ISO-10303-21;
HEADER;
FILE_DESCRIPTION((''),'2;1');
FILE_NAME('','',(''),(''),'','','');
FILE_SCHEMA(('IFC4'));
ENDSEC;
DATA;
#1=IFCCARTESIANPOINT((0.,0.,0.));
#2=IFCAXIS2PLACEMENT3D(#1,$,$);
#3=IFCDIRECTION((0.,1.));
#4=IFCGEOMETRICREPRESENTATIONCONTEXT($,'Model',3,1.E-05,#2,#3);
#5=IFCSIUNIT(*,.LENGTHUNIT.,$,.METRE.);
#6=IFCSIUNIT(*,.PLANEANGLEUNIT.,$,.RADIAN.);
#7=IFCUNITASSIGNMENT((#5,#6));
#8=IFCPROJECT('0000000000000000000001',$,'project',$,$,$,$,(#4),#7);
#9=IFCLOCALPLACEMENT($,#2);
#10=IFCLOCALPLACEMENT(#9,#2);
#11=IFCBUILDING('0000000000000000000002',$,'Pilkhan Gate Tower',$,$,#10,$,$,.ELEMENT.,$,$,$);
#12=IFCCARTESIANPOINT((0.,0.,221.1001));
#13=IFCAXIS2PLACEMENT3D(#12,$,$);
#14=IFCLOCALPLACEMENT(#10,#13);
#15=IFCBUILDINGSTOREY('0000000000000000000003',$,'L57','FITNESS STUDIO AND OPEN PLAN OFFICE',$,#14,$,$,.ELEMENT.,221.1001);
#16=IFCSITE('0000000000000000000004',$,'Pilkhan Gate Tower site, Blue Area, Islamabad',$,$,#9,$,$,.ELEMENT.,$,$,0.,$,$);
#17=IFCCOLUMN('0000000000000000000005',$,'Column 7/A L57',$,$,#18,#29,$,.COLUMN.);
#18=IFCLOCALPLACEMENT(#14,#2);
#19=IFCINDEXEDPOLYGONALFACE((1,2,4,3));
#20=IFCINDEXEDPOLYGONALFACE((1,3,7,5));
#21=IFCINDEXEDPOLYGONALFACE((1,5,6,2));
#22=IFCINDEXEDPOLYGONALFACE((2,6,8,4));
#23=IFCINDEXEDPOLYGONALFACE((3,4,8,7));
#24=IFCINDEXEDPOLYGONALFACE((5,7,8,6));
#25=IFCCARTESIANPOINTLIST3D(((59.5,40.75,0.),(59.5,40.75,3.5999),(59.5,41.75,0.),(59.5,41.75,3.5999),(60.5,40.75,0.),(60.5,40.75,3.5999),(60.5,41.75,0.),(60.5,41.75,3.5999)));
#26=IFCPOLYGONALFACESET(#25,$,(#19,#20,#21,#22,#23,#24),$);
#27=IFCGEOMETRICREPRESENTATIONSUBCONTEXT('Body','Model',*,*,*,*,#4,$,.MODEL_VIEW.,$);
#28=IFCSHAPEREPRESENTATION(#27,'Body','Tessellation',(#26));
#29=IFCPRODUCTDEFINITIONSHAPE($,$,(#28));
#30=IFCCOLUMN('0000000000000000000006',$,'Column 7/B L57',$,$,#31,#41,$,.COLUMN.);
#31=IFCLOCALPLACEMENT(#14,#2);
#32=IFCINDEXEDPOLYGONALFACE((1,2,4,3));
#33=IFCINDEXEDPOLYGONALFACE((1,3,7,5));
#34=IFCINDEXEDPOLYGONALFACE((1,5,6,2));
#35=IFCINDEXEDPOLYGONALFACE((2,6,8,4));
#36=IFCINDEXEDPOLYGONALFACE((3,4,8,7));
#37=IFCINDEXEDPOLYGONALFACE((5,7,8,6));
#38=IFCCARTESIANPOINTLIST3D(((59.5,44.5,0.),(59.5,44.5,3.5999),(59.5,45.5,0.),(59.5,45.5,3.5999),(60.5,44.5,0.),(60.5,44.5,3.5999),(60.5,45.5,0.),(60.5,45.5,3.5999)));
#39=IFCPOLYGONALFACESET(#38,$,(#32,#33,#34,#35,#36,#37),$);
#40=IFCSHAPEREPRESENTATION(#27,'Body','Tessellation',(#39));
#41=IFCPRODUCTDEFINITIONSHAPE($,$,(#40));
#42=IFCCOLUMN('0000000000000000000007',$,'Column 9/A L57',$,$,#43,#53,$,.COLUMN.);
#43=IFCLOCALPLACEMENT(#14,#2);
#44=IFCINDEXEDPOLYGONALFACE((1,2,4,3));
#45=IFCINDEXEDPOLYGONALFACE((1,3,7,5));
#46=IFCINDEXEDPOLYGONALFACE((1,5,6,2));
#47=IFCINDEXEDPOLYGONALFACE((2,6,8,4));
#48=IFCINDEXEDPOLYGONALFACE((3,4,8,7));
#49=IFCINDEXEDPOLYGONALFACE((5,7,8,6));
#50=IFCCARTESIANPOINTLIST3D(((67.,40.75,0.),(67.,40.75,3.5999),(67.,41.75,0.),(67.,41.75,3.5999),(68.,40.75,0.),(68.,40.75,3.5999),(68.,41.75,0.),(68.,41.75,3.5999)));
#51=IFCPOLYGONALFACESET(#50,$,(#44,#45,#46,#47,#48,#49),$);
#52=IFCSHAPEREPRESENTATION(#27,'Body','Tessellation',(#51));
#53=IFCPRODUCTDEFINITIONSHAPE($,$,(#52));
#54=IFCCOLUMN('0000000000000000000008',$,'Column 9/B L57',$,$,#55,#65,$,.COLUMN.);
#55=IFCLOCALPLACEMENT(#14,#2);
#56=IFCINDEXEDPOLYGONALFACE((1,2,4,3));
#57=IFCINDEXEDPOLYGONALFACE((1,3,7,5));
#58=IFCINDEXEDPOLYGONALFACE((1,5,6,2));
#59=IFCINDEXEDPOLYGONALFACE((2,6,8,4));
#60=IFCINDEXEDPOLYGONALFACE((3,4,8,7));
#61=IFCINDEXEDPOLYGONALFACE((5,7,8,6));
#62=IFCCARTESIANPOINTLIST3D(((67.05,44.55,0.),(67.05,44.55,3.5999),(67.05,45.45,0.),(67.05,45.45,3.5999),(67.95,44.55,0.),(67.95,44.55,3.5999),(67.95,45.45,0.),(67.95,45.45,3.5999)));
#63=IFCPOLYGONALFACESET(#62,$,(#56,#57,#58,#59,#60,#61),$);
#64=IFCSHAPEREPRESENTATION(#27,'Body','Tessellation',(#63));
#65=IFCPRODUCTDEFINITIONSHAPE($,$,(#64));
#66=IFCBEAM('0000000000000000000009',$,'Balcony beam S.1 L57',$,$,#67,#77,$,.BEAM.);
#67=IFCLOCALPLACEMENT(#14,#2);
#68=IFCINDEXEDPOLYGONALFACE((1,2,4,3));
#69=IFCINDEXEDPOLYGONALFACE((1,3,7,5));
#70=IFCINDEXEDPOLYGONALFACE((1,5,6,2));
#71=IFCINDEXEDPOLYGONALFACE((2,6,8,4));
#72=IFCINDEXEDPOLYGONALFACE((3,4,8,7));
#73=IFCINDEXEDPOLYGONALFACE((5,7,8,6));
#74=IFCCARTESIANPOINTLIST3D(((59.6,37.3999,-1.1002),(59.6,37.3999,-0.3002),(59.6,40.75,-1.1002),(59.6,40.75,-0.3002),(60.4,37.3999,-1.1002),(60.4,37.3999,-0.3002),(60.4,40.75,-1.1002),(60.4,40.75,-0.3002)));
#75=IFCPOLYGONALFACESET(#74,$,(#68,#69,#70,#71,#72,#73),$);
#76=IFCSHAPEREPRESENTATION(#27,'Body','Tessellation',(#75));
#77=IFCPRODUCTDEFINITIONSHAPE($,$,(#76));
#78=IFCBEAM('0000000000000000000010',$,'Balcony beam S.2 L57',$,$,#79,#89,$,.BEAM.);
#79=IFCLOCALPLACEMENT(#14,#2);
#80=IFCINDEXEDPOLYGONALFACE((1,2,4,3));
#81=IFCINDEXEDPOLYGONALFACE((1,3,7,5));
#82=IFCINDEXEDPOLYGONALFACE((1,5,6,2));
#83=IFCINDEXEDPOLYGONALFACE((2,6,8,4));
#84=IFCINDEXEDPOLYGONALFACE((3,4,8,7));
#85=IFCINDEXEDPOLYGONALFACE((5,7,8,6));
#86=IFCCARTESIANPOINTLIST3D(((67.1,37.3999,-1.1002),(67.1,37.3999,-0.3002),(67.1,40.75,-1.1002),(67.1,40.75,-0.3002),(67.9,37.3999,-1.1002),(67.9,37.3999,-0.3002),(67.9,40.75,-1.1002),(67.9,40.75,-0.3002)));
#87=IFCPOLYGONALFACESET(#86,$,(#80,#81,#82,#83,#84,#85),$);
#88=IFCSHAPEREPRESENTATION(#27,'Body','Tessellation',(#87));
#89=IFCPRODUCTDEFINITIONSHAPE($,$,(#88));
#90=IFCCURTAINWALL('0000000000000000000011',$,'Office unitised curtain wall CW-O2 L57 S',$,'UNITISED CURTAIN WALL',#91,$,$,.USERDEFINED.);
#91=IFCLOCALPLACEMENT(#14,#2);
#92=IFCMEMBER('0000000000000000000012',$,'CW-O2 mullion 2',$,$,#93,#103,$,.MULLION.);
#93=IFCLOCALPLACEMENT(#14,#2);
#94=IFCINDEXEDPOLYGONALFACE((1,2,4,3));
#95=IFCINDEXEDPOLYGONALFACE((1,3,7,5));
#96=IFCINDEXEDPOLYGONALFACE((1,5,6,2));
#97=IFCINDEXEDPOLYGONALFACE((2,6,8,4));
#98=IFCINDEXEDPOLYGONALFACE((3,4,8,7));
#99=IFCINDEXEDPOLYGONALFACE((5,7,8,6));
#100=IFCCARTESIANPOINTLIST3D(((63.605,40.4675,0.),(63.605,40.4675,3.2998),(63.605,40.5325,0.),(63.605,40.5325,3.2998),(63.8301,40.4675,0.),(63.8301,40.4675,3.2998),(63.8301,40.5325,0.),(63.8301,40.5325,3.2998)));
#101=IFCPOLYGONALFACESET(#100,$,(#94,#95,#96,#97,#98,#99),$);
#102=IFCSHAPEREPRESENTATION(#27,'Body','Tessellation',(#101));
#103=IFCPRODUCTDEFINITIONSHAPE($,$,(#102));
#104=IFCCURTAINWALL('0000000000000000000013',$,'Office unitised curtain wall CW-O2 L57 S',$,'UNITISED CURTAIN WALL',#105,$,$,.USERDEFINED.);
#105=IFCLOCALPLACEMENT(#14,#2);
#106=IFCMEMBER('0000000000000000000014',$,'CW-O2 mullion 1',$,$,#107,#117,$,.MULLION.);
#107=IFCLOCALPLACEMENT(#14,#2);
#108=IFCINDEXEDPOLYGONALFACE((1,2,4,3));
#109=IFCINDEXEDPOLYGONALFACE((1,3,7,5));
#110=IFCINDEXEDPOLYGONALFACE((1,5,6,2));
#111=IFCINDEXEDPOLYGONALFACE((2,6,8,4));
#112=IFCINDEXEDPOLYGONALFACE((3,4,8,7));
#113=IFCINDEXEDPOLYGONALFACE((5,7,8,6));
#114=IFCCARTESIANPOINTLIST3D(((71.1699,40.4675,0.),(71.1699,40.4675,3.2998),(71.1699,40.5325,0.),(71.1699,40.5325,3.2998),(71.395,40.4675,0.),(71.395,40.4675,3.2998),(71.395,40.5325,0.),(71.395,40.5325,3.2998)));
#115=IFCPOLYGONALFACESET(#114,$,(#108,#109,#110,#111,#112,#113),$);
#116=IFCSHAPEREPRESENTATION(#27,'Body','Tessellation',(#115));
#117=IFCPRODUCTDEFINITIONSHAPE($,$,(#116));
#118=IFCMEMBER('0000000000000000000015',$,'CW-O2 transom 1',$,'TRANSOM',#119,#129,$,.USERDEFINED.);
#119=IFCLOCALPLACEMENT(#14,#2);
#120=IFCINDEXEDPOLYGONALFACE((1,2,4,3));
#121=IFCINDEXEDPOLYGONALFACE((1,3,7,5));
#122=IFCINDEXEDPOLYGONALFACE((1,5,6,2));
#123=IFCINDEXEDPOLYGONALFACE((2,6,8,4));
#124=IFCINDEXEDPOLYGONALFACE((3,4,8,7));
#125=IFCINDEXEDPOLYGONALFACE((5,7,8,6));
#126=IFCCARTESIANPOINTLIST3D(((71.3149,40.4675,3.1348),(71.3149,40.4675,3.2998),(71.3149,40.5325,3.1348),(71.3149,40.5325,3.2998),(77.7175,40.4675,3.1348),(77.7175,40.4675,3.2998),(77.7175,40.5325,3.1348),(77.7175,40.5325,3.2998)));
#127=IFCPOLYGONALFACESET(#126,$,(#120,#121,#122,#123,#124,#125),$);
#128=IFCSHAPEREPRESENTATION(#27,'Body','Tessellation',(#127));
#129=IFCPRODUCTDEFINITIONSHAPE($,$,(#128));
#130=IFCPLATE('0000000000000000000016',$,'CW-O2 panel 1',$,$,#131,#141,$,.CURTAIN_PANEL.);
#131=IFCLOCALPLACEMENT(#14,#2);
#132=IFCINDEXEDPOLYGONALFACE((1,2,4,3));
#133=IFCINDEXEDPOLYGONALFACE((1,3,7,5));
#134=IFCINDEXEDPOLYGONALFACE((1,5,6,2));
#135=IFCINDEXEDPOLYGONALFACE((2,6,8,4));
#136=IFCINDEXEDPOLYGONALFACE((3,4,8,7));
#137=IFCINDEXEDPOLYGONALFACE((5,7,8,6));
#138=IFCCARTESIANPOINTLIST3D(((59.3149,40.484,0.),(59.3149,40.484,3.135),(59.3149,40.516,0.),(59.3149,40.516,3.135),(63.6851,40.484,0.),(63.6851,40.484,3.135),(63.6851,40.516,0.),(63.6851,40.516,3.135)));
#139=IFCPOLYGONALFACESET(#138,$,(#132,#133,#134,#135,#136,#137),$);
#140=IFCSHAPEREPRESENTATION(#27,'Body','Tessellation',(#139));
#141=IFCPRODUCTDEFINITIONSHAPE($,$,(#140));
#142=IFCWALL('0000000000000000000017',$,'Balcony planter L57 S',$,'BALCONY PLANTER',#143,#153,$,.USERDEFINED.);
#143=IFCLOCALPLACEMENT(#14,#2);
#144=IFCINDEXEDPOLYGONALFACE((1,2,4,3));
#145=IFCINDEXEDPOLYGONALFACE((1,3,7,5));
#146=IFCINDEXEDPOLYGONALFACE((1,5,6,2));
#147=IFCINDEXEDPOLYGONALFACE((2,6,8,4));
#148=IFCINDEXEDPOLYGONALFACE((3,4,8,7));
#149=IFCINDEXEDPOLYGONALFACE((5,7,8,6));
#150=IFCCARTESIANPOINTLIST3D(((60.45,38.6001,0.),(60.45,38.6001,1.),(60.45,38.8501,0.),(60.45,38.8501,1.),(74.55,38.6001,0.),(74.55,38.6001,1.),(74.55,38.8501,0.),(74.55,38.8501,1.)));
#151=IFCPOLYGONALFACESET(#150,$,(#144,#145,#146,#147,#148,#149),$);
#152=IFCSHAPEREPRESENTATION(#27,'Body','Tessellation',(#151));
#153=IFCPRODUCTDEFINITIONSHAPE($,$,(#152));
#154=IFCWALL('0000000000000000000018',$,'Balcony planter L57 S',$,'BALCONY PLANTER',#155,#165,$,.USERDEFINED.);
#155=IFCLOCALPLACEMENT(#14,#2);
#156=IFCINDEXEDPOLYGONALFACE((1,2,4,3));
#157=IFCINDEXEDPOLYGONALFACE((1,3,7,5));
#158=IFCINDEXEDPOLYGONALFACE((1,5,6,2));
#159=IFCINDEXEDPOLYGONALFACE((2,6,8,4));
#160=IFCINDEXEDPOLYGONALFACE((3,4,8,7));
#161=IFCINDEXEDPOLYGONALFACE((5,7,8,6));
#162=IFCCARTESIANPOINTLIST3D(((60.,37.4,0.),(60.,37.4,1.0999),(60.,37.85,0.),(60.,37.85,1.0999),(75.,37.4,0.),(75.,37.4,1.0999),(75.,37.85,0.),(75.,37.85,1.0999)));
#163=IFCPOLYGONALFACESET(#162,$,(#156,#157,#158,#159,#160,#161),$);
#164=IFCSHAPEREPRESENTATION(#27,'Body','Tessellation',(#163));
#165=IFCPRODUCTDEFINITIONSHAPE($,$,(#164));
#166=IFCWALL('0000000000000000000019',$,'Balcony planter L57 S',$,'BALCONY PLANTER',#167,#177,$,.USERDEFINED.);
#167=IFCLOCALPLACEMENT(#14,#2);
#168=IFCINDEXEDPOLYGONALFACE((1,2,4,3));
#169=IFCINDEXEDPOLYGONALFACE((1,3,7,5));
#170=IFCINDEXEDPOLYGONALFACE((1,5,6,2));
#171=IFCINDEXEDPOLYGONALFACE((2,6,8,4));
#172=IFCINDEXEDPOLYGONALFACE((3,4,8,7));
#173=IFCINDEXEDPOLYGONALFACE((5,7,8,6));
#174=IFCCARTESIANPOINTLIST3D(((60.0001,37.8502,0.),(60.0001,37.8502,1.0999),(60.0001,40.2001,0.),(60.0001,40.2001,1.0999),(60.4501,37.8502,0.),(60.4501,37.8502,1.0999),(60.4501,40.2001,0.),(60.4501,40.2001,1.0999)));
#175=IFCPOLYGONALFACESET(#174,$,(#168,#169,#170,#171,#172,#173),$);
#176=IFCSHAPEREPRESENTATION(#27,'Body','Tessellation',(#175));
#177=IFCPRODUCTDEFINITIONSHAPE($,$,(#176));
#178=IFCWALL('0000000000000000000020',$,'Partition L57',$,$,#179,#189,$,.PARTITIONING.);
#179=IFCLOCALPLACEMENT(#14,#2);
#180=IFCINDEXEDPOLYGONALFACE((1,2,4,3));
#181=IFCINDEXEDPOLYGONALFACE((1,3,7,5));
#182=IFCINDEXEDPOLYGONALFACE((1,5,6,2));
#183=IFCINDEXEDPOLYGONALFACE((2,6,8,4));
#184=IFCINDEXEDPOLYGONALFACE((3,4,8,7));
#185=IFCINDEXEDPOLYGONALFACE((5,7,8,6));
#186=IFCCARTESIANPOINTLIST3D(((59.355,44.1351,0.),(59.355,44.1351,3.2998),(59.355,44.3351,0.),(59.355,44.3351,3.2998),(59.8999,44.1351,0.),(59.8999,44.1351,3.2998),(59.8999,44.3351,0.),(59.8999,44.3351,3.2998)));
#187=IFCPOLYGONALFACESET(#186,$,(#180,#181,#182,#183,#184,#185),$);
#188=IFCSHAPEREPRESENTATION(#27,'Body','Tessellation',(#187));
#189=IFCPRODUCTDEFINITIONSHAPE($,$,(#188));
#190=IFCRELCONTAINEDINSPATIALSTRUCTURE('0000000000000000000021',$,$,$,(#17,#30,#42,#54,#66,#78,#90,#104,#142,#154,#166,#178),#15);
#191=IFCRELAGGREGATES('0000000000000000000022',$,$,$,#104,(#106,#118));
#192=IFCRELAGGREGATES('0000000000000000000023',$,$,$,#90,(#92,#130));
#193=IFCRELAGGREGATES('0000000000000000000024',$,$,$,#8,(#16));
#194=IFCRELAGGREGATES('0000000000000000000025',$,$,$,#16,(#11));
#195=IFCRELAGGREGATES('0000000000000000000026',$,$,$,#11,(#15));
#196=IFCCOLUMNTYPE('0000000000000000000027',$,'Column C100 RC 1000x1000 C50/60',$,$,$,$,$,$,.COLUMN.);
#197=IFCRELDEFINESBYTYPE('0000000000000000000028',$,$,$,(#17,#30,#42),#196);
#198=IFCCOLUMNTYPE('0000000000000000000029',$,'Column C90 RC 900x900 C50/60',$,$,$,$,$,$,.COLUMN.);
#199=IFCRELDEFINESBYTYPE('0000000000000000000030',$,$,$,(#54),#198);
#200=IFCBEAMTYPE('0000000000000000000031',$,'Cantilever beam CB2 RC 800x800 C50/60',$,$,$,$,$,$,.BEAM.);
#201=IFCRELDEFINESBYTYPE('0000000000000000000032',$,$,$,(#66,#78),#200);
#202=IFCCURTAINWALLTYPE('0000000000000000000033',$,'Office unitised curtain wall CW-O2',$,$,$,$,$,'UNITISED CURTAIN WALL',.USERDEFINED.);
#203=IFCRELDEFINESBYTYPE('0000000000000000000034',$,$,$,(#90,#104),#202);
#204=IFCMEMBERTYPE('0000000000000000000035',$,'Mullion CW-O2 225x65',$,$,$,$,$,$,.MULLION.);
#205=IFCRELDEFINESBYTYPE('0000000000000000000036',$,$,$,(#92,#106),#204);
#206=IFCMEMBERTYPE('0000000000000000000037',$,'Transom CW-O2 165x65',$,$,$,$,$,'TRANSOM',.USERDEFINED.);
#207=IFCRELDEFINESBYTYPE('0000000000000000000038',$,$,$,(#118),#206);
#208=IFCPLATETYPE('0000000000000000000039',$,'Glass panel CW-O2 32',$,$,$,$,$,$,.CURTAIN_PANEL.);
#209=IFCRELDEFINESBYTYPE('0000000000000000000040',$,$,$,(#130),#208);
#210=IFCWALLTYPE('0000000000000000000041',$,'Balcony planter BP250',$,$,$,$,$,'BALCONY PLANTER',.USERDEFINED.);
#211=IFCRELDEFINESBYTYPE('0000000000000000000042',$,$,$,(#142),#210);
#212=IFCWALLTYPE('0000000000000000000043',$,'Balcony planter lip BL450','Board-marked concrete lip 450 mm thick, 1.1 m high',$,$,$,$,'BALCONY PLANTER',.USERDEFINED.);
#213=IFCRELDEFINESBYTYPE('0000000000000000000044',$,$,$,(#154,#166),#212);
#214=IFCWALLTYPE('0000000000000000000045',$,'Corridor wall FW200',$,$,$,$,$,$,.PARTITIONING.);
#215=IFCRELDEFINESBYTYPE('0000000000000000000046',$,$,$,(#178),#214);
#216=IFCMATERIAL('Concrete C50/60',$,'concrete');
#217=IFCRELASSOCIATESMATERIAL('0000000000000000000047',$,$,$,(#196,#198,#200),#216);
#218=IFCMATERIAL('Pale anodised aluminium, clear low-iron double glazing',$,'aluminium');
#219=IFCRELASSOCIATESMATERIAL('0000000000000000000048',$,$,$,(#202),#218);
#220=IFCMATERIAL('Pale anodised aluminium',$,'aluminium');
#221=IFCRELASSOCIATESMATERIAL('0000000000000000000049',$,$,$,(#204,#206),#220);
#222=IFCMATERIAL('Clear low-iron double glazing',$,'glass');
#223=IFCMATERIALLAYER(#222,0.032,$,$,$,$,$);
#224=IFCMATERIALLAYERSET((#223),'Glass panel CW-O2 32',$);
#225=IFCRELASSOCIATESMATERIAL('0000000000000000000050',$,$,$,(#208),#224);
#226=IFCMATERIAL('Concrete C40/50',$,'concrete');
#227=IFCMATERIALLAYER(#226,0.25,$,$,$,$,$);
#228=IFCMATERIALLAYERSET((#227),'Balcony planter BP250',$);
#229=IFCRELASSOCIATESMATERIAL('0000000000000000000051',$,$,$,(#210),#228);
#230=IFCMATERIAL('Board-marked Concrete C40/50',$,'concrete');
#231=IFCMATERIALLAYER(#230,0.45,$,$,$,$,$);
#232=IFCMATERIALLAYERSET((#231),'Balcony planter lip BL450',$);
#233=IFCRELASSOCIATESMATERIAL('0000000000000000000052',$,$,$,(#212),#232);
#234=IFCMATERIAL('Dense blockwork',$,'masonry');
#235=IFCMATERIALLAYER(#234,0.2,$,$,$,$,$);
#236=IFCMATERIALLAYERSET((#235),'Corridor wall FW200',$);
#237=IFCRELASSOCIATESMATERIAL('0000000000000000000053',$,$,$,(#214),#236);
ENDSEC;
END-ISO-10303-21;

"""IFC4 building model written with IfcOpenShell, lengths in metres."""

from ifc_helpers import new_model, si_unit, direction, frame, frame_2d, origin, origin_2d, place, context, subcontext, project, spatial, rectangle, extrude, material, layer, layer_set, material_profile, profile_set, type_object, element, aggregate, save


model = new_model("IFC4")

# Units and contexts
model_context = context("Model", 3, precision=1e-05, world=origin(), true_north=direction((0.0, 1.0)))
body_context = subcontext(model_context, "Body", "Model", "MODEL_VIEW")
ifc_project = project(units=[si_unit("LENGTHUNIT", "METRE"), si_unit("PLANEANGLEUNIT", "RADIAN")], contexts=[model_context])

# Site, building, storey
site_placement = place(None, origin())
site = spatial("IfcSite", under=ifc_project, at=site_placement, Name="Pilkhan Gate Tower site, Blue Area, Islamabad", CompositionType="ELEMENT", RefElevation=0.0)
building_placement = place(site_placement, origin())
building = spatial("IfcBuilding", under=site, at=building_placement, Name="Pilkhan Gate Tower", CompositionType="ELEMENT")
storey_placement = place(building_placement, frame((0.0, 0.0, 221.1001)))
storey = spatial("IfcBuildingStorey", under=building, at=storey_placement, Name="L57", Description="FITNESS STUDIO AND OPEN PLAN OFFICE", CompositionType="ELEMENT", Elevation=221.1001)

# Columns
ifc_material_1 = material(Name="Concrete C50/60", Category="concrete")
ifc_material_profile_1 = material_profile(ifc_material_1, rectangle(XDim=1.0, YDim=1.0, at=origin_2d()), Name="RC 1000x1000")
ifc_profile_set_1 = profile_set([ifc_material_profile_1], Name="Concrete C50/60")
column_type_1 = type_object("IfcColumnType", Name="Column C100 RC 1000x1000 C50/60", PredefinedType="COLUMN", material=ifc_profile_set_1)
for number, where, z_axis, x_axis, name in (
    (1, (60.0, 41.25, 0.0), (0.0, 0.0, 1.0), (1.0, 0.0, 0.0), "Column 7/A L57"),
    (2, (60.0, 45.0, 0.0), (0.0, 0.0, 1.0), (1.0, 0.0, 0.0), "Column 7/B L57"),
    (3, (67.5, 41.25, 0.0), (0.0, 0.0, 1.0), (1.0, 0.0, 0.0), "Column 9/A L57"),
):
    element("IfcColumn", number, at=place(storey_placement, frame(where, z_axis=z_axis, x_axis=x_axis)), inside=storey, type_object=column_type_1, Name=name, PredefinedType="COLUMN", context=body_context, shape_type="SweptSolid", body=[
        extrude(rectangle(XDim=1.0, YDim=1.0, at=origin_2d()), origin(), (0.0, 0.0, 1.0), 3.5999),
    ])
ifc_material_profile_2 = material_profile(ifc_material_1, rectangle(XDim=0.8999, YDim=0.8999, at=origin_2d()), Name="RC 900x900")
ifc_profile_set_2 = profile_set([ifc_material_profile_2], Name="Concrete C50/60")
column_type_2 = type_object("IfcColumnType", Name="Column C90 RC 900x900 C50/60", PredefinedType="COLUMN", material=ifc_profile_set_2)
column_placement = place(storey_placement, frame((67.5, 45.0, 0.0), z_axis=(0.0, 0.0, 1.0), x_axis=(1.0, 0.0, 0.0)))
element("IfcColumn", 4, at=column_placement, inside=storey, type_object=column_type_2, Name="Column 9/B L57", PredefinedType="COLUMN", context=body_context, shape_type="SweptSolid", body=[
    extrude(rectangle(XDim=0.8999, YDim=0.8999, at=origin_2d()), origin(), (0.0, 0.0, 1.0), 3.5999),
])

# Beams
ifc_material_profile_3 = material_profile(ifc_material_1, rectangle(XDim=0.8, YDim=0.8, at=origin_2d()), Name="RC 800x800")
ifc_profile_set_3 = profile_set([ifc_material_profile_3], Name="Concrete C50/60")
beam_type = type_object("IfcBeamType", Name="Cantilever beam CB2 RC 800x800 C50/60", PredefinedType="BEAM", material=ifc_profile_set_3)
for number, where, z_axis, x_axis, name in (
    (5, (60.0, 40.75, -0.7002), (0.0, -1.0, 0.0), (1.0, 0.0, 0.0), "Balcony beam S.1 L57"),
    (6, (67.5, 40.75, -0.7002), (0.0, -1.0, 0.0), (1.0, 0.0, 0.0), "Balcony beam S.2 L57"),
):
    element("IfcBeam", number, at=place(storey_placement, frame(where, z_axis=z_axis, x_axis=x_axis)), inside=storey, type_object=beam_type, Name=name, PredefinedType="BEAM", context=body_context, shape_type="SweptSolid", body=[
        extrude(rectangle(XDim=0.8, YDim=0.8, at=origin_2d()), origin(), (0.0, 0.0, 1.0), 3.3501),
    ])

# Curtain wall, member
ifc_material_2 = material(Name="Pale anodised aluminium, clear low-iron double glazing", Category="aluminium")
curtain_wall_type = type_object("IfcCurtainWallType", Name="Office unitised curtain wall CW-O2", ElementType="UNITISED CURTAIN WALL", PredefinedType="USERDEFINED", material=ifc_material_2)
curtain_wall_1_placement = place(storey_placement, origin())
curtain_wall_1 = element("IfcCurtainWall", 7, at=curtain_wall_1_placement, inside=storey, type_object=curtain_wall_type, Name="Office unitised curtain wall CW-O2 L57 S", ObjectType="UNITISED CURTAIN WALL", PredefinedType="USERDEFINED")
ifc_material_3 = material(Name="Pale anodised aluminium", Category="aluminium")
ifc_material_profile_4 = material_profile(ifc_material_3, rectangle(XDim=0.0649, YDim=0.2251, at=origin_2d()), Name="Mullion 225x65")
ifc_profile_set_4 = profile_set([ifc_material_profile_4], Name="Pale anodised aluminium")
member_type_1 = type_object("IfcMemberType", Name="Mullion CW-O2 225x65", PredefinedType="MULLION", material=ifc_profile_set_4)
member_1_placement = place(storey_placement, frame((63.7175, 40.5, 0.0), z_axis=(0.0, 0.0, 1.0), x_axis=(0.0, 1.0, 0.0)))
member_1 = element("IfcMember", 8, at=member_1_placement, type_object=member_type_1, Name="CW-O2 mullion 2", PredefinedType="MULLION", context=body_context, shape_type="SweptSolid", body=[
    extrude(rectangle(XDim=0.0649, YDim=0.2251, at=origin_2d()), origin(), (0.0, 0.0, 1.0), 3.2998),
])

# Curtain wall, members
curtain_wall_2_placement = place(storey_placement, origin())
curtain_wall_2 = element("IfcCurtainWall", 9, at=curtain_wall_2_placement, inside=storey, type_object=curtain_wall_type, Name="Office unitised curtain wall CW-O2 L57 S", ObjectType="UNITISED CURTAIN WALL", PredefinedType="USERDEFINED")
member_2_placement = place(storey_placement, frame((71.2825, 40.5, 0.0), z_axis=(0.0, 0.0, 1.0), x_axis=(0.0, 1.0, 0.0)))
member_2 = element("IfcMember", 10, at=member_2_placement, type_object=member_type_1, Name="CW-O2 mullion 1", PredefinedType="MULLION", context=body_context, shape_type="SweptSolid", body=[
    extrude(rectangle(XDim=0.0649, YDim=0.2251, at=origin_2d()), origin(), (0.0, 0.0, 1.0), 3.2998),
])
ifc_material_profile_5 = material_profile(ifc_material_3, rectangle(XDim=0.0649, YDim=0.165, at=origin_2d()), Name="Transom 165x65")
ifc_profile_set_5 = profile_set([ifc_material_profile_5], Name="Pale anodised aluminium")
member_type_2 = type_object("IfcMemberType", Name="Transom CW-O2 165x65", ElementType="TRANSOM", PredefinedType="USERDEFINED", material=ifc_profile_set_5)
member_3_placement = place(storey_placement, frame((71.3149, 40.5, 3.2173), z_axis=(1.0, 0.0, 0.0), x_axis=(0.0, 1.0, 0.0)))
member_3 = element("IfcMember", 11, at=member_3_placement, type_object=member_type_2, Name="CW-O2 transom 1", ObjectType="TRANSOM", PredefinedType="USERDEFINED", context=body_context, shape_type="SweptSolid", body=[
    extrude(rectangle(XDim=0.0649, YDim=0.165, at=origin_2d()), origin(), (0.0, 0.0, 1.0), 6.4026),
])
aggregate(curtain_wall_2, [member_2, member_3])

# Plate
ifc_material_4 = material(Name="Clear low-iron double glazing", Category="glass")
ifc_layer_1 = layer(ifc_material_4, 0.032)
ifc_layer_set_1 = layer_set([ifc_layer_1], Name="Glass panel CW-O2 32")
plate_type = type_object("IfcPlateType", Name="Glass panel CW-O2 32", PredefinedType="CURTAIN_PANEL", material=ifc_layer_set_1)
plate_placement = place(storey_placement, frame((61.5, 40.5, 0.0), z_axis=(0.0, 0.0, 1.0), x_axis=(1.0, 0.0, 0.0)))
plate = element("IfcPlate", 12, at=plate_placement, type_object=plate_type, Name="CW-O2 panel 1", PredefinedType="CURTAIN_PANEL", context=body_context, shape_type="SweptSolid", body=[
    extrude(rectangle(XDim=4.3701, YDim=0.032, at=origin_2d()), origin(), (0.0, 0.0, 1.0), 3.135),
])
aggregate(curtain_wall_1, [member_1, plate])

# Walls
ifc_material_5 = material(Name="Concrete C40/50", Category="concrete")
ifc_layer_2 = layer(ifc_material_5, 0.25)
ifc_layer_set_2 = layer_set([ifc_layer_2], Name="Balcony planter BP250")
wall_type_1 = type_object("IfcWallType", Name="Balcony planter BP250", ElementType="BALCONY PLANTER", PredefinedType="USERDEFINED", material=ifc_layer_set_2)
wall_1_placement = place(storey_placement, frame((60.45, 38.7251, 0.0), z_axis=(0.0, 0.0, 1.0), x_axis=(1.0, 0.0, 0.0)))
element("IfcWall", 13, at=wall_1_placement, inside=storey, type_object=wall_type_1, Name="Balcony planter L57 S", ObjectType="BALCONY PLANTER", PredefinedType="USERDEFINED", context=body_context, shape_type="SweptSolid", body=[
    extrude(rectangle(XDim=14.1001, YDim=0.25, at=frame_2d((7.05, 0.0))), origin(), (0.0, 0.0, 1.0), 1.0),
])
ifc_material_6 = material(Name="Board-marked Concrete C40/50", Category="concrete")
ifc_layer_3 = layer(ifc_material_6, 0.45)
ifc_layer_set_3 = layer_set([ifc_layer_3], Name="Balcony planter lip BL450")
wall_type_2 = type_object("IfcWallType", Name="Balcony planter lip BL450", Description="Board-marked concrete lip 450 mm thick, 1.1 m high", ElementType="BALCONY PLANTER", PredefinedType="USERDEFINED", material=ifc_layer_set_3)
wall_2_placement = place(storey_placement, frame((60.0, 37.625, 0.0), z_axis=(0.0, 0.0, 1.0), x_axis=(1.0, 0.0, 0.0)))
element("IfcWall", 14, at=wall_2_placement, inside=storey, type_object=wall_type_2, Name="Balcony planter L57 S", ObjectType="BALCONY PLANTER", PredefinedType="USERDEFINED", context=body_context, shape_type="SweptSolid", body=[
    extrude(rectangle(XDim=15.0, YDim=0.45, at=frame_2d((7.5, 0.0))), origin(), (0.0, 0.0, 1.0), 1.0999),
])
wall_3_placement = place(storey_placement, frame((60.2251, 40.2, 0.0), z_axis=(0.0, 0.0, 1.0), x_axis=(0.0, -1.0, 0.0)))
element("IfcWall", 15, at=wall_3_placement, inside=storey, type_object=wall_type_2, Name="Balcony planter L57 S", ObjectType="BALCONY PLANTER", PredefinedType="USERDEFINED", context=body_context, shape_type="SweptSolid", body=[
    extrude(rectangle(XDim=2.3499, YDim=0.45, at=frame_2d((1.1748, 0.0))), origin(), (0.0, 0.0, 1.0), 1.0999),
])
ifc_material_7 = material(Name="Dense blockwork", Category="masonry")
ifc_layer_4 = layer(ifc_material_7, 0.2)
ifc_layer_set_4 = layer_set([ifc_layer_4], Name="Corridor wall FW200")
wall_type_3 = type_object("IfcWallType", Name="Corridor wall FW200", PredefinedType="PARTITIONING", material=ifc_layer_set_4)
wall_4_placement = place(storey_placement, frame((59.355, 44.2351, 0.0), z_axis=(0.0, 0.0, 1.0), x_axis=(1.0, 0.0, 0.0)))
element("IfcWall", 16, at=wall_4_placement, inside=storey, type_object=wall_type_3, Name="Partition L57", PredefinedType="PARTITIONING", context=body_context, shape_type="SweptSolid", body=[
    extrude(rectangle(XDim=0.5449, YDim=0.2, at=frame_2d((0.2725, 0.0))), origin(), (0.0, 0.0, 1.0), 3.2998),
])

save(model, "model.ifc")
